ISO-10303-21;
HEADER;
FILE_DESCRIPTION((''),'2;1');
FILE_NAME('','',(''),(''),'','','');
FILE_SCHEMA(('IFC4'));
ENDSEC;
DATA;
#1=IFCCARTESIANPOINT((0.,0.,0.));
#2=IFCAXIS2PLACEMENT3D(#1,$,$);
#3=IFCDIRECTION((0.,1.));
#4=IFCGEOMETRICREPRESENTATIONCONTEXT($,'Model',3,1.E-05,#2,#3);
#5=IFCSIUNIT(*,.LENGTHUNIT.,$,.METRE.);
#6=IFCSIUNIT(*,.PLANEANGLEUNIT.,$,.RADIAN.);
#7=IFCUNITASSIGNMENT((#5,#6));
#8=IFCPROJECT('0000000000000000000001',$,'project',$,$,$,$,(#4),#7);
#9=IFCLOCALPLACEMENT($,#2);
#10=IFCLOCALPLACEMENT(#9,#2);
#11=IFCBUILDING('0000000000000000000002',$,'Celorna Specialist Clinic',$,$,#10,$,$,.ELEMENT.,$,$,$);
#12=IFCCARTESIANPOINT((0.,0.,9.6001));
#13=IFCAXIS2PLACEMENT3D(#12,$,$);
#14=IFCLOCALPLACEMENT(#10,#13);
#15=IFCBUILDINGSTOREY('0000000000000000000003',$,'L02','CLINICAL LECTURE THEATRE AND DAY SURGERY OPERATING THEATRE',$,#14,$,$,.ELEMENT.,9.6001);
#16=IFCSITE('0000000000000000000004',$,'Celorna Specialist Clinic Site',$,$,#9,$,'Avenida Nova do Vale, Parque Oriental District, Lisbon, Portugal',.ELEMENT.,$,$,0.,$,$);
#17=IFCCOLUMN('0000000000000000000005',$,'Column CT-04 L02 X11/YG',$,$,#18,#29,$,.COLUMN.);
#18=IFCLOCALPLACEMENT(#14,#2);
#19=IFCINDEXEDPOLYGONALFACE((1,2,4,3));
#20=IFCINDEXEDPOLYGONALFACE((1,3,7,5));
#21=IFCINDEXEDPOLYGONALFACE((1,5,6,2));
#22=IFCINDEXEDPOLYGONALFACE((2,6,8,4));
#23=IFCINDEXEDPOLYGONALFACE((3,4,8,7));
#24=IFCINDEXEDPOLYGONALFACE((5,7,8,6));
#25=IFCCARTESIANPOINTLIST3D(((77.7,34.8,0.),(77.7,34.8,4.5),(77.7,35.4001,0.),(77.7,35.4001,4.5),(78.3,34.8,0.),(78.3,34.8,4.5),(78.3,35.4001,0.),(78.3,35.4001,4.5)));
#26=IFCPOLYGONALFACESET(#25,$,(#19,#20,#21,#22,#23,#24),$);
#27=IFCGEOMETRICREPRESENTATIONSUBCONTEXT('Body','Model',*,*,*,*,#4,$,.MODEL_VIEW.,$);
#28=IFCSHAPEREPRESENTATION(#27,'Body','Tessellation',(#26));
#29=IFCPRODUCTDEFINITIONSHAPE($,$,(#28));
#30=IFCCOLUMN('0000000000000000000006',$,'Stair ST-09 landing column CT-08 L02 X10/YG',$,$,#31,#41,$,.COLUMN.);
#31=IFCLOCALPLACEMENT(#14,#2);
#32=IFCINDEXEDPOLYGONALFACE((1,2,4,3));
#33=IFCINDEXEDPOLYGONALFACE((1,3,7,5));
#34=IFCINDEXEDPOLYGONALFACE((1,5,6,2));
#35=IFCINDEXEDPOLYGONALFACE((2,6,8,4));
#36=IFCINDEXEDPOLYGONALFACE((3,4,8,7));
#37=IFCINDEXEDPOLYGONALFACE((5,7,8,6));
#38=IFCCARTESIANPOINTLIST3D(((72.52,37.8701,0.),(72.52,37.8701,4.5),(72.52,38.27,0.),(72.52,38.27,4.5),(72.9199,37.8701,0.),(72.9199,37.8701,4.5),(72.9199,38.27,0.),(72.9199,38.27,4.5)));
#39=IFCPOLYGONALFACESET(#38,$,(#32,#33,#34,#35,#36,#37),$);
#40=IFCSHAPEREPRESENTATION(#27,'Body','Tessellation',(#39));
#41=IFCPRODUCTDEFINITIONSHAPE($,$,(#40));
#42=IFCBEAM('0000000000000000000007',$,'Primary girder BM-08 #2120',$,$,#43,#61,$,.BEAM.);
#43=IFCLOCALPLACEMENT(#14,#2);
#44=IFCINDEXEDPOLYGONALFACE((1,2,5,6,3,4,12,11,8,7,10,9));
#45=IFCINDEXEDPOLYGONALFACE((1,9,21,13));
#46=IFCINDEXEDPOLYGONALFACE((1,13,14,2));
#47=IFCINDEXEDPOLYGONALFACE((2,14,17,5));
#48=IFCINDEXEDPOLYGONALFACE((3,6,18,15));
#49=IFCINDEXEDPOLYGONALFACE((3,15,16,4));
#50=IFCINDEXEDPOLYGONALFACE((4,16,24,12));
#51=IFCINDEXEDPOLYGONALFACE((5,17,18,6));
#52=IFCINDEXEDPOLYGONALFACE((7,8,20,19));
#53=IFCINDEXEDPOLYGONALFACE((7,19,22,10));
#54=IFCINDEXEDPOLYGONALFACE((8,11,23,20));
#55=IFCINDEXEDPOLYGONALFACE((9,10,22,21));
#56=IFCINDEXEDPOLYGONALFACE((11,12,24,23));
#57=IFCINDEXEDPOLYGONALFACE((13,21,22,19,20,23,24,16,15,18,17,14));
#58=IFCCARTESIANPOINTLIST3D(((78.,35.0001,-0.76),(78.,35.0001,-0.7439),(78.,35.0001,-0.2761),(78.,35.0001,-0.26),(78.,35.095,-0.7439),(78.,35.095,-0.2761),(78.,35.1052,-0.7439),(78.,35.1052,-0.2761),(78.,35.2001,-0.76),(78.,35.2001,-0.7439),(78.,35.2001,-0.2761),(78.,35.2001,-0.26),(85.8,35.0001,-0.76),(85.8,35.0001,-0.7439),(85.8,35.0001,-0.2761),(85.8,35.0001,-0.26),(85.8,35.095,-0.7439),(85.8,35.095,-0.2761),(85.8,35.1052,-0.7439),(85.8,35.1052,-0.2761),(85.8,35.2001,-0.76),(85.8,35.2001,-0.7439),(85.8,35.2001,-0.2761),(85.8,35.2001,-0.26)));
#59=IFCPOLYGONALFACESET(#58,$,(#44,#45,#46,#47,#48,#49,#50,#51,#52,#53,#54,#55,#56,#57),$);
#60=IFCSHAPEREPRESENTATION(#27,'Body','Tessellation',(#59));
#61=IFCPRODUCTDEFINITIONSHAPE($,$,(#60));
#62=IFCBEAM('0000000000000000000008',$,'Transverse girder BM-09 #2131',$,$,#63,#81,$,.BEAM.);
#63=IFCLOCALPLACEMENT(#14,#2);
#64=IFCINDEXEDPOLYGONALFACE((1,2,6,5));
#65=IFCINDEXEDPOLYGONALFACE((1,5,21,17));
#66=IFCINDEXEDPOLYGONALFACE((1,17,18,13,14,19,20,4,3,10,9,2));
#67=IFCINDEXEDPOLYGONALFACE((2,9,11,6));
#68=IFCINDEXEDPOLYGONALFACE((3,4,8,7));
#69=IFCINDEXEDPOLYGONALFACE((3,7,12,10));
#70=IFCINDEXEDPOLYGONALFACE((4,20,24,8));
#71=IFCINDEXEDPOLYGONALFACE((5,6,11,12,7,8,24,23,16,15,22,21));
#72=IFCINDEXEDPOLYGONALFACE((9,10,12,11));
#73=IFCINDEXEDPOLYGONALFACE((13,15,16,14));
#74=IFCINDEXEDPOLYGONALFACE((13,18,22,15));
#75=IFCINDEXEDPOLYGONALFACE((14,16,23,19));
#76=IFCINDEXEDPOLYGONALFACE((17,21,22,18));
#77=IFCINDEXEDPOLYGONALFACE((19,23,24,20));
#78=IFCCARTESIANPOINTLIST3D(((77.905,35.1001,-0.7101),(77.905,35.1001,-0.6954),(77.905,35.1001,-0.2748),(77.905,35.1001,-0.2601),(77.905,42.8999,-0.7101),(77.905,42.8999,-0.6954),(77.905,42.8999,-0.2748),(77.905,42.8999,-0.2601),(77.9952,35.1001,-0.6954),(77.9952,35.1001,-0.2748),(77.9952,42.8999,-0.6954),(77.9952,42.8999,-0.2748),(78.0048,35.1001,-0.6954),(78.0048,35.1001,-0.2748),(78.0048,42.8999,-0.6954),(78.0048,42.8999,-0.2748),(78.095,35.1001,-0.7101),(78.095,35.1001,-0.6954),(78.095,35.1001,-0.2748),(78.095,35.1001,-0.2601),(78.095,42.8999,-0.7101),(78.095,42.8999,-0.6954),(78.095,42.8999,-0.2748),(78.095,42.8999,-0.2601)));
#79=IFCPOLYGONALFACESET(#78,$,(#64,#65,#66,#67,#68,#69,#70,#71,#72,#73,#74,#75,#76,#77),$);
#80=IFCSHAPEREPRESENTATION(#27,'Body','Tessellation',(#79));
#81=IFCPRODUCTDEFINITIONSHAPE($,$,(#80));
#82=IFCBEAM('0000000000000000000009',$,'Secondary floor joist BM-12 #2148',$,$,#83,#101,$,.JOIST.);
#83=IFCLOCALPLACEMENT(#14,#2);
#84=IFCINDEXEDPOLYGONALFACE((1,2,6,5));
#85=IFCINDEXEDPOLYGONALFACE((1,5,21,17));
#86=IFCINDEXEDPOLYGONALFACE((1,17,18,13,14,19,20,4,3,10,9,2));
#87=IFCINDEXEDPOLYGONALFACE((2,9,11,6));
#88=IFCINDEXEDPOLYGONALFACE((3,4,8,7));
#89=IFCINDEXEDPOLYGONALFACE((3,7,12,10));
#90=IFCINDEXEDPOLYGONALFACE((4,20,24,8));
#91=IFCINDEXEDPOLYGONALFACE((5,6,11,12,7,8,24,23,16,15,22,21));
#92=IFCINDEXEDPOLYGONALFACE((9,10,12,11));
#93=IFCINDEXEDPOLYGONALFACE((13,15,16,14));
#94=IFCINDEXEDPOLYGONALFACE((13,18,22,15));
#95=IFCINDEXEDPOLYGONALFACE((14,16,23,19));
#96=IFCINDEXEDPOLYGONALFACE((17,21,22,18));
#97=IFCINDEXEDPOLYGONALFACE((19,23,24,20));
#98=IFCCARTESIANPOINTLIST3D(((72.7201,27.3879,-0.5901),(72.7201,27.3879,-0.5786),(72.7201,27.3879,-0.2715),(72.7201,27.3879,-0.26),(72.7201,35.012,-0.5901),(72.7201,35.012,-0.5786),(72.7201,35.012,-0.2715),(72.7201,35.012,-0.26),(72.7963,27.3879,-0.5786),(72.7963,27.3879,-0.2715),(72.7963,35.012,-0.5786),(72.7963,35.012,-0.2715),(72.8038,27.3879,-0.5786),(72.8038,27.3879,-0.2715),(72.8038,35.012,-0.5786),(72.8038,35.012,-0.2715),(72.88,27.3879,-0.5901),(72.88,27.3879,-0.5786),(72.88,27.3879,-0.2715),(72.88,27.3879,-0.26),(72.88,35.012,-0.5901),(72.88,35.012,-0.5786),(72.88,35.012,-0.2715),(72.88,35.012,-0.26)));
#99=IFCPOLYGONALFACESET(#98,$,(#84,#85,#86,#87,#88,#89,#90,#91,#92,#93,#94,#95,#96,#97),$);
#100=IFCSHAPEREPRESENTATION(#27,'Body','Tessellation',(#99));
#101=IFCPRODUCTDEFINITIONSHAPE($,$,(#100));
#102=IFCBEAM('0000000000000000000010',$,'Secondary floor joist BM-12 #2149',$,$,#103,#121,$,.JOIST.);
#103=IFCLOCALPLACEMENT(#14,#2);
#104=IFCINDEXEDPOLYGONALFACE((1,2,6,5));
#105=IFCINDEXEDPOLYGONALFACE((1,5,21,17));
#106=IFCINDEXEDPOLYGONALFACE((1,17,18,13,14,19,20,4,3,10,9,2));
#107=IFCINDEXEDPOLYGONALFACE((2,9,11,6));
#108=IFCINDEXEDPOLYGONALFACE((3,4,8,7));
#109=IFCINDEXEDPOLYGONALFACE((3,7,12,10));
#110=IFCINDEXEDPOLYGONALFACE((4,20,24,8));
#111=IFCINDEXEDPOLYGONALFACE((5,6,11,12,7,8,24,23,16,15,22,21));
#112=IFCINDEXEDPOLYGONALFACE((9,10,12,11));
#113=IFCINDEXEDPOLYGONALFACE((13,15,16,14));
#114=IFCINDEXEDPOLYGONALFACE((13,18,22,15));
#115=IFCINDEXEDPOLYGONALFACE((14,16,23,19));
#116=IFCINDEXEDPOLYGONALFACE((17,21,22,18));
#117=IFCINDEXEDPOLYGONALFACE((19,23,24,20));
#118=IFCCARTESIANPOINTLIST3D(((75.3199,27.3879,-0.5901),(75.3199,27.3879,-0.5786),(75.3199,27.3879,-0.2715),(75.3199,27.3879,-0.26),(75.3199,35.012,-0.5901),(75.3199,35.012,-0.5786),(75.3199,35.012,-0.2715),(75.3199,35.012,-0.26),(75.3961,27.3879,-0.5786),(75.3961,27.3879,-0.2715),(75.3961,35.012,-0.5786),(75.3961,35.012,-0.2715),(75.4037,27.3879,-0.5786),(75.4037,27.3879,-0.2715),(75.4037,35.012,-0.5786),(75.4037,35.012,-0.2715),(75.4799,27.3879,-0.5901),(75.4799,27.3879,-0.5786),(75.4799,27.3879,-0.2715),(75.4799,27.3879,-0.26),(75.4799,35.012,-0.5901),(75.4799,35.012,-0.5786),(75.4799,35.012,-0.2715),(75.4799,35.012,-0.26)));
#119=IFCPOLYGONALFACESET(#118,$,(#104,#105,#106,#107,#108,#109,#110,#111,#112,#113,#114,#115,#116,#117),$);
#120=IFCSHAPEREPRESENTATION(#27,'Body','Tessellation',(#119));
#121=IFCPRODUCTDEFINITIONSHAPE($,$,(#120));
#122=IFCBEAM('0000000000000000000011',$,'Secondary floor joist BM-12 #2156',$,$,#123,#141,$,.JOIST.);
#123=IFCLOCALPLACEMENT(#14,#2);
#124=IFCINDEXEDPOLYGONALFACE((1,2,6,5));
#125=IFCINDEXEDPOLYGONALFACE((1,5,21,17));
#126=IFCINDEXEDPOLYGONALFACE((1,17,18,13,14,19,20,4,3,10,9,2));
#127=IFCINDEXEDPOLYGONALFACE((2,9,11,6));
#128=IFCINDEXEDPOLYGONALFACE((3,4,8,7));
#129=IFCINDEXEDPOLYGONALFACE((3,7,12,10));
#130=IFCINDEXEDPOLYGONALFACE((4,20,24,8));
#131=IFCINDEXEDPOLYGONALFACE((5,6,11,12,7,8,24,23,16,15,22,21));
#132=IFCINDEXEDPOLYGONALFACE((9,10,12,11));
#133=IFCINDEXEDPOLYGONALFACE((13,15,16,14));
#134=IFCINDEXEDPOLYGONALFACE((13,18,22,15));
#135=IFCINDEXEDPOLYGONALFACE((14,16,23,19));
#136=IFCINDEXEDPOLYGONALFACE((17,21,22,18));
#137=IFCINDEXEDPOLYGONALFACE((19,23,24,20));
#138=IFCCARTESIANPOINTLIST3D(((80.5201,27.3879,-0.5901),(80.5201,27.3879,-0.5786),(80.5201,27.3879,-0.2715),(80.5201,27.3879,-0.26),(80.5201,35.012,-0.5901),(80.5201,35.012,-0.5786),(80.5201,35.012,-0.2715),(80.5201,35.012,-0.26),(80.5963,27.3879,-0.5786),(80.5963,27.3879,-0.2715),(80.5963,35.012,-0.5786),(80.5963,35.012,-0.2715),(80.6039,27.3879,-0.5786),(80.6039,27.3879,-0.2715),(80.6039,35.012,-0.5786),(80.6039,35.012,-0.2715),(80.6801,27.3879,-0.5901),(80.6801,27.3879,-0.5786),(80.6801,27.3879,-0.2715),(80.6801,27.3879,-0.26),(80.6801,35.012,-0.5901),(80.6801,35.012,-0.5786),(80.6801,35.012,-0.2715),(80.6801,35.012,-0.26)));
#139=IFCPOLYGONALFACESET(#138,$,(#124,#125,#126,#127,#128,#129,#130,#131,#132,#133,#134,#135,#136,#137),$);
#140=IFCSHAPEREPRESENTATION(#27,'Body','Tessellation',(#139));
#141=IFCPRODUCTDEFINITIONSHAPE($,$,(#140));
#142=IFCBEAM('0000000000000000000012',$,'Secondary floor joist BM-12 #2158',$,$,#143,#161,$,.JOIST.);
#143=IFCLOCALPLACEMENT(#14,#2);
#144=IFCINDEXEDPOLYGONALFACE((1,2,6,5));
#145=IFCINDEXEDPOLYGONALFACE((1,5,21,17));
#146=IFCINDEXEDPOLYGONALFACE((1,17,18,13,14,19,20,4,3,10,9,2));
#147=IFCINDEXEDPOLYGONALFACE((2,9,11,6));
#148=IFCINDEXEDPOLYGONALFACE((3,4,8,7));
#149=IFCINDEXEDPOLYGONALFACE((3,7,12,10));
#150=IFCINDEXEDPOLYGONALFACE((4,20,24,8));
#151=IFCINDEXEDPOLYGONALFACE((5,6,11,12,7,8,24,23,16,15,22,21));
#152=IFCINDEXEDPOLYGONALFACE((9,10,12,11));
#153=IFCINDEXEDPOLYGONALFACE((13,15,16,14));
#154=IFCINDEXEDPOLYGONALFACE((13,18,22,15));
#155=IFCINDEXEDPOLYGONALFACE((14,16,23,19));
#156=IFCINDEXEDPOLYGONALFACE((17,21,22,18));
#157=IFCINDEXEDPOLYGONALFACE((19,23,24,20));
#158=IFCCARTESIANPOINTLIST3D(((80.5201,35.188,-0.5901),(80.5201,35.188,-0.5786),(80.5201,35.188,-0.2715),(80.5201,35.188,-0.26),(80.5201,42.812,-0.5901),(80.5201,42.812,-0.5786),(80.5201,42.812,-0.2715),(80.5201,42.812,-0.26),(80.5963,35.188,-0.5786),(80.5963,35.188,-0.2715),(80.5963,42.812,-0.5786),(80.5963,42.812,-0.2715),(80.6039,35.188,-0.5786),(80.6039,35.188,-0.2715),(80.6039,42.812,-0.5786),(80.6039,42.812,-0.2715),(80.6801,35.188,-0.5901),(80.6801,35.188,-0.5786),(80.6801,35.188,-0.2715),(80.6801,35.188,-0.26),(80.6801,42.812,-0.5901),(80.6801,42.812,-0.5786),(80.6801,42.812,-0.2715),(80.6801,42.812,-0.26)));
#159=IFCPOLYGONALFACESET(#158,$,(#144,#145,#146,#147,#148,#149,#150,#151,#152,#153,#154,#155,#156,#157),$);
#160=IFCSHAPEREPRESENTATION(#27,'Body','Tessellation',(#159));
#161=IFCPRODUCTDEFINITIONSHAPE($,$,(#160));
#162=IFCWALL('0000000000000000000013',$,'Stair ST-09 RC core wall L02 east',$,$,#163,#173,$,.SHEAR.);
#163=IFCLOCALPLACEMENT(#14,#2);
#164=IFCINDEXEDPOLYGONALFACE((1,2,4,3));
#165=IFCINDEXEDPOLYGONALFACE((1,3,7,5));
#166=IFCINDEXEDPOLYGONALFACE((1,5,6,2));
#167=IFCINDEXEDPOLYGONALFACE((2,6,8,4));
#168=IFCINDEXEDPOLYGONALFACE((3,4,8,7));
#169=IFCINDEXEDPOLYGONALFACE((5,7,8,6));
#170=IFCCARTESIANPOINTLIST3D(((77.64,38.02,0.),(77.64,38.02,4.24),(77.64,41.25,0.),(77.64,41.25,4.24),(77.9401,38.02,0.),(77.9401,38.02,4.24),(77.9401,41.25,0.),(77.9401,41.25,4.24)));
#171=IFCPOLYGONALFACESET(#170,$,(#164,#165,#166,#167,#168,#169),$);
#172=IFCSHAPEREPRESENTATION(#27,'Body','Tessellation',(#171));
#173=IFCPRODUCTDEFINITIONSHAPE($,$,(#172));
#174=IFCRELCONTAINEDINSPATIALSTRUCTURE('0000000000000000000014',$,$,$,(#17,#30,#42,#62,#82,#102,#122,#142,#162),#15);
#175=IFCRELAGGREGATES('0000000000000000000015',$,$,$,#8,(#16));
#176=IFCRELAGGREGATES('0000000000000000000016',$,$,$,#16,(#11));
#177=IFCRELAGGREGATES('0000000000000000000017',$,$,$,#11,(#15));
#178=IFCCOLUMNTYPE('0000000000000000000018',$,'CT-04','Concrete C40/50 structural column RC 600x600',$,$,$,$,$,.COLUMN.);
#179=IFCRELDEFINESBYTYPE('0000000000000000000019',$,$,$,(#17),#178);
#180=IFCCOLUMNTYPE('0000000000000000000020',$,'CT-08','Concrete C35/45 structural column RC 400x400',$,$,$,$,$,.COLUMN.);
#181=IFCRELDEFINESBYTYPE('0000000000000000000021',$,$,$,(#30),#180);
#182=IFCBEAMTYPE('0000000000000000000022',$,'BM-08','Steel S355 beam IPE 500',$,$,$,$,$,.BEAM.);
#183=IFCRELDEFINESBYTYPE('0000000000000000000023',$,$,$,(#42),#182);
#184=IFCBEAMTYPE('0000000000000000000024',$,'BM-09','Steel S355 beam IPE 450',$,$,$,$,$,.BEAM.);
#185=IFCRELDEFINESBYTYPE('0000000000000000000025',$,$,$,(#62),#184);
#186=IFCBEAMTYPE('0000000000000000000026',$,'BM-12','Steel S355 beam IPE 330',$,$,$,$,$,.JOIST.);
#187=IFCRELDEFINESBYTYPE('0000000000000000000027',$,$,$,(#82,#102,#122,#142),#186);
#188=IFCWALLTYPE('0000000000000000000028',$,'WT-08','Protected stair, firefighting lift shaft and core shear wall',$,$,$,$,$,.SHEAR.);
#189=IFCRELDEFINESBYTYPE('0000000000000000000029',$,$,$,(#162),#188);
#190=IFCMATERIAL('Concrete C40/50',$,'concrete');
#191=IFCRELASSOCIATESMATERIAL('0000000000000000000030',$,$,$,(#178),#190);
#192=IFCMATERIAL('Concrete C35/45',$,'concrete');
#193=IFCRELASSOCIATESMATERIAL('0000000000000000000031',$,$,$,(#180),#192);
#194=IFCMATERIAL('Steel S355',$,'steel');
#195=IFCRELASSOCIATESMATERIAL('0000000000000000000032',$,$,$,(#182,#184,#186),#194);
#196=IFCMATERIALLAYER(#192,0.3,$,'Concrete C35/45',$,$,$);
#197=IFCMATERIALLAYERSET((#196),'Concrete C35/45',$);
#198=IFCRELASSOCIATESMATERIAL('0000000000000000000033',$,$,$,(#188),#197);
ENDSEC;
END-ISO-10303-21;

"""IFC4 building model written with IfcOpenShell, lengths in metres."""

from ifc_helpers import new_model, si_unit, direction, frame, frame_2d, origin, origin_2d, place, context, subcontext, project, spatial, rectangle, i_section, extrude, material, layer, layer_set, material_profile, profile_set, type_object, element, save


model = new_model("IFC4")

# Units and contexts
model_context = context("Model", 3, precision=1e-05, world=origin(), true_north=direction((0.0, 1.0)))
body_context = subcontext(model_context, "Body", "Model", "MODEL_VIEW")
ifc_project = project(units=[si_unit("LENGTHUNIT", "METRE"), si_unit("PLANEANGLEUNIT", "RADIAN")], contexts=[model_context])

# Site, building, storey
site_placement = place(None, origin())
site = spatial("IfcSite", under=ifc_project, at=site_placement, Name="Celorna Specialist Clinic Site", LongName="Avenida Nova do Vale, Parque Oriental District, Lisbon, Portugal", CompositionType="ELEMENT", RefElevation=0.0)
building_placement = place(site_placement, origin())
building = spatial("IfcBuilding", under=site, at=building_placement, Name="Celorna Specialist Clinic", CompositionType="ELEMENT")
storey_placement = place(building_placement, frame((0.0, 0.0, 9.6001)))
storey = spatial("IfcBuildingStorey", under=building, at=storey_placement, Name="L02", Description="CLINICAL LECTURE THEATRE AND DAY SURGERY OPERATING THEATRE", CompositionType="ELEMENT", Elevation=9.6001)

# Columns
ifc_material_1 = material(Name="Concrete C40/50", Category="concrete")
ifc_material_profile_1 = material_profile(ifc_material_1, rectangle(XDim=0.6001, YDim=0.6001, at=origin_2d()), Name="RC 600x600")
ifc_profile_set_1 = profile_set([ifc_material_profile_1], Name="Concrete C40/50")
column_type_1 = type_object("IfcColumnType", Name="CT-04", Description="Concrete C40/50 structural column RC 600x600", PredefinedType="COLUMN", material=ifc_profile_set_1)
column_1_placement = place(storey_placement, frame((78.0, 35.1001, 0.0), z_axis=(0.0, 0.0, 1.0), x_axis=(1.0, 0.0, 0.0)))
element("IfcColumn", 1, at=column_1_placement, inside=storey, type_object=column_type_1, Name="Column CT-04 L02 X11/YG", PredefinedType="COLUMN", context=body_context, shape_type="SweptSolid", body=[
    extrude(rectangle(XDim=0.6001, YDim=0.6001, at=origin_2d()), origin(), (0.0, 0.0, 1.0), 4.5),
])
ifc_material_2 = material(Name="Concrete C35/45", Category="concrete")
ifc_material_profile_2 = material_profile(ifc_material_2, rectangle(XDim=0.3999, YDim=0.3999, at=origin_2d()), Name="RC 400x400")
ifc_profile_set_2 = profile_set([ifc_material_profile_2], Name="Concrete C35/45")
column_type_2 = type_object("IfcColumnType", Name="CT-08", Description="Concrete C35/45 structural column RC 400x400", PredefinedType="COLUMN", material=ifc_profile_set_2)
column_2_placement = place(storey_placement, frame((72.72, 38.0701, 0.0), z_axis=(0.0, 0.0, 1.0), x_axis=(1.0, 0.0, 0.0)))
element("IfcColumn", 2, at=column_2_placement, inside=storey, type_object=column_type_2, Name="Stair ST-09 landing column CT-08 L02 X10/YG", PredefinedType="COLUMN", context=body_context, shape_type="SweptSolid", body=[
    extrude(rectangle(XDim=0.3999, YDim=0.3999, at=origin_2d()), origin(), (0.0, 0.0, 1.0), 4.5),
])

# Beams
ifc_material_3 = material(Name="Steel S355", Category="steel")
ifc_material_profile_3 = material_profile(ifc_material_3, i_section(OverallWidth=0.2, OverallDepth=0.5, WebThickness=0.0103, FlangeThickness=0.0161, at=origin_2d()), Name="IPE 500")
ifc_profile_set_3 = profile_set([ifc_material_profile_3], Name="Steel S355")
beam_type_1 = type_object("IfcBeamType", Name="BM-08", Description="Steel S355 beam IPE 500", PredefinedType="BEAM", material=ifc_profile_set_3)
beam_1_placement = place(storey_placement, frame((78.0, 35.1001, -0.51), z_axis=(1.0, 0.0, 0.0), x_axis=(0.0, 1.0, 0.0)))
element("IfcBeam", 3, at=beam_1_placement, inside=storey, type_object=beam_type_1, Name="Primary girder BM-08 #2120", PredefinedType="BEAM", context=body_context, shape_type="SweptSolid", body=[
    extrude(i_section(OverallWidth=0.2, OverallDepth=0.5, WebThickness=0.0103, FlangeThickness=0.0161, at=origin_2d()), origin(), (0.0, 0.0, 1.0), 7.8),
])
ifc_material_profile_4 = material_profile(ifc_material_3, i_section(OverallWidth=0.1899, OverallDepth=0.45, WebThickness=0.0095, FlangeThickness=0.0146, at=origin_2d()), Name="IPE 450")
ifc_profile_set_4 = profile_set([ifc_material_profile_4], Name="Steel S355")
beam_type_2 = type_object("IfcBeamType", Name="BM-09", Description="Steel S355 beam IPE 450", PredefinedType="BEAM", material=ifc_profile_set_4)
beam_2_placement = place(storey_placement, frame((78.0, 35.1001, -0.4851), z_axis=(0.0, 1.0, 0.0), x_axis=(-1.0, 0.0, 0.0)))
element("IfcBeam", 4, at=beam_2_placement, inside=storey, type_object=beam_type_2, Name="Transverse girder BM-09 #2131", PredefinedType="BEAM", context=body_context, shape_type="SweptSolid", body=[
    extrude(i_section(OverallWidth=0.1899, OverallDepth=0.45, WebThickness=0.0095, FlangeThickness=0.0146, at=origin_2d()), origin(), (0.0, 0.0, 1.0), 7.7998),
])
ifc_material_profile_5 = material_profile(ifc_material_3, i_section(OverallWidth=0.1599, OverallDepth=0.3301, WebThickness=0.0076, FlangeThickness=0.0115, at=origin_2d()), Name="IPE 330")
ifc_profile_set_5 = profile_set([ifc_material_profile_5], Name="Steel S355")
beam_type_3 = type_object("IfcBeamType", Name="BM-12", Description="Steel S355 beam IPE 330", PredefinedType="JOIST", material=ifc_profile_set_5)
for number, where, z_axis, x_axis, name in (
    (5, (72.8, 27.3879, -0.425), (0.0, 1.0, 0.0), (-1.0, 0.0, 0.0), "Secondary floor joist BM-12 #2148"),
    (6, (75.3999, 27.3879, -0.425), (0.0, 1.0, 0.0), (-1.0, 0.0, 0.0), "Secondary floor joist BM-12 #2149"),
    (7, (80.6001, 27.3879, -0.425), (0.0, 1.0, 0.0), (-1.0, 0.0, 0.0), "Secondary floor joist BM-12 #2156"),
    (8, (80.6001, 35.188, -0.425), (0.0, 1.0, 0.0), (-1.0, 0.0, 0.0), "Secondary floor joist BM-12 #2158"),
):
    element("IfcBeam", number, at=place(storey_placement, frame(where, z_axis=z_axis, x_axis=x_axis)), inside=storey, type_object=beam_type_3, Name=name, PredefinedType="JOIST", context=body_context, shape_type="SweptSolid", body=[
        extrude(i_section(OverallWidth=0.1599, OverallDepth=0.3301, WebThickness=0.0076, FlangeThickness=0.0115, at=origin_2d()), origin(), (0.0, 0.0, 1.0), 7.624),
    ])

# Wall
ifc_layer_1 = layer(ifc_material_2, 0.3, Name="Concrete C35/45")
ifc_layer_set_1 = layer_set([ifc_layer_1], Name="Concrete C35/45")
wall_type_1 = type_object("IfcWallType", Name="WT-08", Description="Protected stair, firefighting lift shaft and core shear wall", PredefinedType="SHEAR", material=ifc_layer_set_1)
wall_1_placement = place(storey_placement, frame((77.79, 38.02, 0.0), z_axis=(0.0, 0.0, 1.0), x_axis=(0.0, 1.0, 0.0)))
element("IfcWall", 9, at=wall_1_placement, inside=storey, type_object=wall_type_1, Name="Stair ST-09 RC core wall L02 east", PredefinedType="SHEAR", context=body_context, shape_type="SweptSolid", body=[
    extrude(rectangle(XDim=3.23, YDim=0.3, at=frame_2d((1.615, 0.0))), origin(), (0.0, 0.0, 1.0), 4.24),
])

save(model, "model.ifc")
